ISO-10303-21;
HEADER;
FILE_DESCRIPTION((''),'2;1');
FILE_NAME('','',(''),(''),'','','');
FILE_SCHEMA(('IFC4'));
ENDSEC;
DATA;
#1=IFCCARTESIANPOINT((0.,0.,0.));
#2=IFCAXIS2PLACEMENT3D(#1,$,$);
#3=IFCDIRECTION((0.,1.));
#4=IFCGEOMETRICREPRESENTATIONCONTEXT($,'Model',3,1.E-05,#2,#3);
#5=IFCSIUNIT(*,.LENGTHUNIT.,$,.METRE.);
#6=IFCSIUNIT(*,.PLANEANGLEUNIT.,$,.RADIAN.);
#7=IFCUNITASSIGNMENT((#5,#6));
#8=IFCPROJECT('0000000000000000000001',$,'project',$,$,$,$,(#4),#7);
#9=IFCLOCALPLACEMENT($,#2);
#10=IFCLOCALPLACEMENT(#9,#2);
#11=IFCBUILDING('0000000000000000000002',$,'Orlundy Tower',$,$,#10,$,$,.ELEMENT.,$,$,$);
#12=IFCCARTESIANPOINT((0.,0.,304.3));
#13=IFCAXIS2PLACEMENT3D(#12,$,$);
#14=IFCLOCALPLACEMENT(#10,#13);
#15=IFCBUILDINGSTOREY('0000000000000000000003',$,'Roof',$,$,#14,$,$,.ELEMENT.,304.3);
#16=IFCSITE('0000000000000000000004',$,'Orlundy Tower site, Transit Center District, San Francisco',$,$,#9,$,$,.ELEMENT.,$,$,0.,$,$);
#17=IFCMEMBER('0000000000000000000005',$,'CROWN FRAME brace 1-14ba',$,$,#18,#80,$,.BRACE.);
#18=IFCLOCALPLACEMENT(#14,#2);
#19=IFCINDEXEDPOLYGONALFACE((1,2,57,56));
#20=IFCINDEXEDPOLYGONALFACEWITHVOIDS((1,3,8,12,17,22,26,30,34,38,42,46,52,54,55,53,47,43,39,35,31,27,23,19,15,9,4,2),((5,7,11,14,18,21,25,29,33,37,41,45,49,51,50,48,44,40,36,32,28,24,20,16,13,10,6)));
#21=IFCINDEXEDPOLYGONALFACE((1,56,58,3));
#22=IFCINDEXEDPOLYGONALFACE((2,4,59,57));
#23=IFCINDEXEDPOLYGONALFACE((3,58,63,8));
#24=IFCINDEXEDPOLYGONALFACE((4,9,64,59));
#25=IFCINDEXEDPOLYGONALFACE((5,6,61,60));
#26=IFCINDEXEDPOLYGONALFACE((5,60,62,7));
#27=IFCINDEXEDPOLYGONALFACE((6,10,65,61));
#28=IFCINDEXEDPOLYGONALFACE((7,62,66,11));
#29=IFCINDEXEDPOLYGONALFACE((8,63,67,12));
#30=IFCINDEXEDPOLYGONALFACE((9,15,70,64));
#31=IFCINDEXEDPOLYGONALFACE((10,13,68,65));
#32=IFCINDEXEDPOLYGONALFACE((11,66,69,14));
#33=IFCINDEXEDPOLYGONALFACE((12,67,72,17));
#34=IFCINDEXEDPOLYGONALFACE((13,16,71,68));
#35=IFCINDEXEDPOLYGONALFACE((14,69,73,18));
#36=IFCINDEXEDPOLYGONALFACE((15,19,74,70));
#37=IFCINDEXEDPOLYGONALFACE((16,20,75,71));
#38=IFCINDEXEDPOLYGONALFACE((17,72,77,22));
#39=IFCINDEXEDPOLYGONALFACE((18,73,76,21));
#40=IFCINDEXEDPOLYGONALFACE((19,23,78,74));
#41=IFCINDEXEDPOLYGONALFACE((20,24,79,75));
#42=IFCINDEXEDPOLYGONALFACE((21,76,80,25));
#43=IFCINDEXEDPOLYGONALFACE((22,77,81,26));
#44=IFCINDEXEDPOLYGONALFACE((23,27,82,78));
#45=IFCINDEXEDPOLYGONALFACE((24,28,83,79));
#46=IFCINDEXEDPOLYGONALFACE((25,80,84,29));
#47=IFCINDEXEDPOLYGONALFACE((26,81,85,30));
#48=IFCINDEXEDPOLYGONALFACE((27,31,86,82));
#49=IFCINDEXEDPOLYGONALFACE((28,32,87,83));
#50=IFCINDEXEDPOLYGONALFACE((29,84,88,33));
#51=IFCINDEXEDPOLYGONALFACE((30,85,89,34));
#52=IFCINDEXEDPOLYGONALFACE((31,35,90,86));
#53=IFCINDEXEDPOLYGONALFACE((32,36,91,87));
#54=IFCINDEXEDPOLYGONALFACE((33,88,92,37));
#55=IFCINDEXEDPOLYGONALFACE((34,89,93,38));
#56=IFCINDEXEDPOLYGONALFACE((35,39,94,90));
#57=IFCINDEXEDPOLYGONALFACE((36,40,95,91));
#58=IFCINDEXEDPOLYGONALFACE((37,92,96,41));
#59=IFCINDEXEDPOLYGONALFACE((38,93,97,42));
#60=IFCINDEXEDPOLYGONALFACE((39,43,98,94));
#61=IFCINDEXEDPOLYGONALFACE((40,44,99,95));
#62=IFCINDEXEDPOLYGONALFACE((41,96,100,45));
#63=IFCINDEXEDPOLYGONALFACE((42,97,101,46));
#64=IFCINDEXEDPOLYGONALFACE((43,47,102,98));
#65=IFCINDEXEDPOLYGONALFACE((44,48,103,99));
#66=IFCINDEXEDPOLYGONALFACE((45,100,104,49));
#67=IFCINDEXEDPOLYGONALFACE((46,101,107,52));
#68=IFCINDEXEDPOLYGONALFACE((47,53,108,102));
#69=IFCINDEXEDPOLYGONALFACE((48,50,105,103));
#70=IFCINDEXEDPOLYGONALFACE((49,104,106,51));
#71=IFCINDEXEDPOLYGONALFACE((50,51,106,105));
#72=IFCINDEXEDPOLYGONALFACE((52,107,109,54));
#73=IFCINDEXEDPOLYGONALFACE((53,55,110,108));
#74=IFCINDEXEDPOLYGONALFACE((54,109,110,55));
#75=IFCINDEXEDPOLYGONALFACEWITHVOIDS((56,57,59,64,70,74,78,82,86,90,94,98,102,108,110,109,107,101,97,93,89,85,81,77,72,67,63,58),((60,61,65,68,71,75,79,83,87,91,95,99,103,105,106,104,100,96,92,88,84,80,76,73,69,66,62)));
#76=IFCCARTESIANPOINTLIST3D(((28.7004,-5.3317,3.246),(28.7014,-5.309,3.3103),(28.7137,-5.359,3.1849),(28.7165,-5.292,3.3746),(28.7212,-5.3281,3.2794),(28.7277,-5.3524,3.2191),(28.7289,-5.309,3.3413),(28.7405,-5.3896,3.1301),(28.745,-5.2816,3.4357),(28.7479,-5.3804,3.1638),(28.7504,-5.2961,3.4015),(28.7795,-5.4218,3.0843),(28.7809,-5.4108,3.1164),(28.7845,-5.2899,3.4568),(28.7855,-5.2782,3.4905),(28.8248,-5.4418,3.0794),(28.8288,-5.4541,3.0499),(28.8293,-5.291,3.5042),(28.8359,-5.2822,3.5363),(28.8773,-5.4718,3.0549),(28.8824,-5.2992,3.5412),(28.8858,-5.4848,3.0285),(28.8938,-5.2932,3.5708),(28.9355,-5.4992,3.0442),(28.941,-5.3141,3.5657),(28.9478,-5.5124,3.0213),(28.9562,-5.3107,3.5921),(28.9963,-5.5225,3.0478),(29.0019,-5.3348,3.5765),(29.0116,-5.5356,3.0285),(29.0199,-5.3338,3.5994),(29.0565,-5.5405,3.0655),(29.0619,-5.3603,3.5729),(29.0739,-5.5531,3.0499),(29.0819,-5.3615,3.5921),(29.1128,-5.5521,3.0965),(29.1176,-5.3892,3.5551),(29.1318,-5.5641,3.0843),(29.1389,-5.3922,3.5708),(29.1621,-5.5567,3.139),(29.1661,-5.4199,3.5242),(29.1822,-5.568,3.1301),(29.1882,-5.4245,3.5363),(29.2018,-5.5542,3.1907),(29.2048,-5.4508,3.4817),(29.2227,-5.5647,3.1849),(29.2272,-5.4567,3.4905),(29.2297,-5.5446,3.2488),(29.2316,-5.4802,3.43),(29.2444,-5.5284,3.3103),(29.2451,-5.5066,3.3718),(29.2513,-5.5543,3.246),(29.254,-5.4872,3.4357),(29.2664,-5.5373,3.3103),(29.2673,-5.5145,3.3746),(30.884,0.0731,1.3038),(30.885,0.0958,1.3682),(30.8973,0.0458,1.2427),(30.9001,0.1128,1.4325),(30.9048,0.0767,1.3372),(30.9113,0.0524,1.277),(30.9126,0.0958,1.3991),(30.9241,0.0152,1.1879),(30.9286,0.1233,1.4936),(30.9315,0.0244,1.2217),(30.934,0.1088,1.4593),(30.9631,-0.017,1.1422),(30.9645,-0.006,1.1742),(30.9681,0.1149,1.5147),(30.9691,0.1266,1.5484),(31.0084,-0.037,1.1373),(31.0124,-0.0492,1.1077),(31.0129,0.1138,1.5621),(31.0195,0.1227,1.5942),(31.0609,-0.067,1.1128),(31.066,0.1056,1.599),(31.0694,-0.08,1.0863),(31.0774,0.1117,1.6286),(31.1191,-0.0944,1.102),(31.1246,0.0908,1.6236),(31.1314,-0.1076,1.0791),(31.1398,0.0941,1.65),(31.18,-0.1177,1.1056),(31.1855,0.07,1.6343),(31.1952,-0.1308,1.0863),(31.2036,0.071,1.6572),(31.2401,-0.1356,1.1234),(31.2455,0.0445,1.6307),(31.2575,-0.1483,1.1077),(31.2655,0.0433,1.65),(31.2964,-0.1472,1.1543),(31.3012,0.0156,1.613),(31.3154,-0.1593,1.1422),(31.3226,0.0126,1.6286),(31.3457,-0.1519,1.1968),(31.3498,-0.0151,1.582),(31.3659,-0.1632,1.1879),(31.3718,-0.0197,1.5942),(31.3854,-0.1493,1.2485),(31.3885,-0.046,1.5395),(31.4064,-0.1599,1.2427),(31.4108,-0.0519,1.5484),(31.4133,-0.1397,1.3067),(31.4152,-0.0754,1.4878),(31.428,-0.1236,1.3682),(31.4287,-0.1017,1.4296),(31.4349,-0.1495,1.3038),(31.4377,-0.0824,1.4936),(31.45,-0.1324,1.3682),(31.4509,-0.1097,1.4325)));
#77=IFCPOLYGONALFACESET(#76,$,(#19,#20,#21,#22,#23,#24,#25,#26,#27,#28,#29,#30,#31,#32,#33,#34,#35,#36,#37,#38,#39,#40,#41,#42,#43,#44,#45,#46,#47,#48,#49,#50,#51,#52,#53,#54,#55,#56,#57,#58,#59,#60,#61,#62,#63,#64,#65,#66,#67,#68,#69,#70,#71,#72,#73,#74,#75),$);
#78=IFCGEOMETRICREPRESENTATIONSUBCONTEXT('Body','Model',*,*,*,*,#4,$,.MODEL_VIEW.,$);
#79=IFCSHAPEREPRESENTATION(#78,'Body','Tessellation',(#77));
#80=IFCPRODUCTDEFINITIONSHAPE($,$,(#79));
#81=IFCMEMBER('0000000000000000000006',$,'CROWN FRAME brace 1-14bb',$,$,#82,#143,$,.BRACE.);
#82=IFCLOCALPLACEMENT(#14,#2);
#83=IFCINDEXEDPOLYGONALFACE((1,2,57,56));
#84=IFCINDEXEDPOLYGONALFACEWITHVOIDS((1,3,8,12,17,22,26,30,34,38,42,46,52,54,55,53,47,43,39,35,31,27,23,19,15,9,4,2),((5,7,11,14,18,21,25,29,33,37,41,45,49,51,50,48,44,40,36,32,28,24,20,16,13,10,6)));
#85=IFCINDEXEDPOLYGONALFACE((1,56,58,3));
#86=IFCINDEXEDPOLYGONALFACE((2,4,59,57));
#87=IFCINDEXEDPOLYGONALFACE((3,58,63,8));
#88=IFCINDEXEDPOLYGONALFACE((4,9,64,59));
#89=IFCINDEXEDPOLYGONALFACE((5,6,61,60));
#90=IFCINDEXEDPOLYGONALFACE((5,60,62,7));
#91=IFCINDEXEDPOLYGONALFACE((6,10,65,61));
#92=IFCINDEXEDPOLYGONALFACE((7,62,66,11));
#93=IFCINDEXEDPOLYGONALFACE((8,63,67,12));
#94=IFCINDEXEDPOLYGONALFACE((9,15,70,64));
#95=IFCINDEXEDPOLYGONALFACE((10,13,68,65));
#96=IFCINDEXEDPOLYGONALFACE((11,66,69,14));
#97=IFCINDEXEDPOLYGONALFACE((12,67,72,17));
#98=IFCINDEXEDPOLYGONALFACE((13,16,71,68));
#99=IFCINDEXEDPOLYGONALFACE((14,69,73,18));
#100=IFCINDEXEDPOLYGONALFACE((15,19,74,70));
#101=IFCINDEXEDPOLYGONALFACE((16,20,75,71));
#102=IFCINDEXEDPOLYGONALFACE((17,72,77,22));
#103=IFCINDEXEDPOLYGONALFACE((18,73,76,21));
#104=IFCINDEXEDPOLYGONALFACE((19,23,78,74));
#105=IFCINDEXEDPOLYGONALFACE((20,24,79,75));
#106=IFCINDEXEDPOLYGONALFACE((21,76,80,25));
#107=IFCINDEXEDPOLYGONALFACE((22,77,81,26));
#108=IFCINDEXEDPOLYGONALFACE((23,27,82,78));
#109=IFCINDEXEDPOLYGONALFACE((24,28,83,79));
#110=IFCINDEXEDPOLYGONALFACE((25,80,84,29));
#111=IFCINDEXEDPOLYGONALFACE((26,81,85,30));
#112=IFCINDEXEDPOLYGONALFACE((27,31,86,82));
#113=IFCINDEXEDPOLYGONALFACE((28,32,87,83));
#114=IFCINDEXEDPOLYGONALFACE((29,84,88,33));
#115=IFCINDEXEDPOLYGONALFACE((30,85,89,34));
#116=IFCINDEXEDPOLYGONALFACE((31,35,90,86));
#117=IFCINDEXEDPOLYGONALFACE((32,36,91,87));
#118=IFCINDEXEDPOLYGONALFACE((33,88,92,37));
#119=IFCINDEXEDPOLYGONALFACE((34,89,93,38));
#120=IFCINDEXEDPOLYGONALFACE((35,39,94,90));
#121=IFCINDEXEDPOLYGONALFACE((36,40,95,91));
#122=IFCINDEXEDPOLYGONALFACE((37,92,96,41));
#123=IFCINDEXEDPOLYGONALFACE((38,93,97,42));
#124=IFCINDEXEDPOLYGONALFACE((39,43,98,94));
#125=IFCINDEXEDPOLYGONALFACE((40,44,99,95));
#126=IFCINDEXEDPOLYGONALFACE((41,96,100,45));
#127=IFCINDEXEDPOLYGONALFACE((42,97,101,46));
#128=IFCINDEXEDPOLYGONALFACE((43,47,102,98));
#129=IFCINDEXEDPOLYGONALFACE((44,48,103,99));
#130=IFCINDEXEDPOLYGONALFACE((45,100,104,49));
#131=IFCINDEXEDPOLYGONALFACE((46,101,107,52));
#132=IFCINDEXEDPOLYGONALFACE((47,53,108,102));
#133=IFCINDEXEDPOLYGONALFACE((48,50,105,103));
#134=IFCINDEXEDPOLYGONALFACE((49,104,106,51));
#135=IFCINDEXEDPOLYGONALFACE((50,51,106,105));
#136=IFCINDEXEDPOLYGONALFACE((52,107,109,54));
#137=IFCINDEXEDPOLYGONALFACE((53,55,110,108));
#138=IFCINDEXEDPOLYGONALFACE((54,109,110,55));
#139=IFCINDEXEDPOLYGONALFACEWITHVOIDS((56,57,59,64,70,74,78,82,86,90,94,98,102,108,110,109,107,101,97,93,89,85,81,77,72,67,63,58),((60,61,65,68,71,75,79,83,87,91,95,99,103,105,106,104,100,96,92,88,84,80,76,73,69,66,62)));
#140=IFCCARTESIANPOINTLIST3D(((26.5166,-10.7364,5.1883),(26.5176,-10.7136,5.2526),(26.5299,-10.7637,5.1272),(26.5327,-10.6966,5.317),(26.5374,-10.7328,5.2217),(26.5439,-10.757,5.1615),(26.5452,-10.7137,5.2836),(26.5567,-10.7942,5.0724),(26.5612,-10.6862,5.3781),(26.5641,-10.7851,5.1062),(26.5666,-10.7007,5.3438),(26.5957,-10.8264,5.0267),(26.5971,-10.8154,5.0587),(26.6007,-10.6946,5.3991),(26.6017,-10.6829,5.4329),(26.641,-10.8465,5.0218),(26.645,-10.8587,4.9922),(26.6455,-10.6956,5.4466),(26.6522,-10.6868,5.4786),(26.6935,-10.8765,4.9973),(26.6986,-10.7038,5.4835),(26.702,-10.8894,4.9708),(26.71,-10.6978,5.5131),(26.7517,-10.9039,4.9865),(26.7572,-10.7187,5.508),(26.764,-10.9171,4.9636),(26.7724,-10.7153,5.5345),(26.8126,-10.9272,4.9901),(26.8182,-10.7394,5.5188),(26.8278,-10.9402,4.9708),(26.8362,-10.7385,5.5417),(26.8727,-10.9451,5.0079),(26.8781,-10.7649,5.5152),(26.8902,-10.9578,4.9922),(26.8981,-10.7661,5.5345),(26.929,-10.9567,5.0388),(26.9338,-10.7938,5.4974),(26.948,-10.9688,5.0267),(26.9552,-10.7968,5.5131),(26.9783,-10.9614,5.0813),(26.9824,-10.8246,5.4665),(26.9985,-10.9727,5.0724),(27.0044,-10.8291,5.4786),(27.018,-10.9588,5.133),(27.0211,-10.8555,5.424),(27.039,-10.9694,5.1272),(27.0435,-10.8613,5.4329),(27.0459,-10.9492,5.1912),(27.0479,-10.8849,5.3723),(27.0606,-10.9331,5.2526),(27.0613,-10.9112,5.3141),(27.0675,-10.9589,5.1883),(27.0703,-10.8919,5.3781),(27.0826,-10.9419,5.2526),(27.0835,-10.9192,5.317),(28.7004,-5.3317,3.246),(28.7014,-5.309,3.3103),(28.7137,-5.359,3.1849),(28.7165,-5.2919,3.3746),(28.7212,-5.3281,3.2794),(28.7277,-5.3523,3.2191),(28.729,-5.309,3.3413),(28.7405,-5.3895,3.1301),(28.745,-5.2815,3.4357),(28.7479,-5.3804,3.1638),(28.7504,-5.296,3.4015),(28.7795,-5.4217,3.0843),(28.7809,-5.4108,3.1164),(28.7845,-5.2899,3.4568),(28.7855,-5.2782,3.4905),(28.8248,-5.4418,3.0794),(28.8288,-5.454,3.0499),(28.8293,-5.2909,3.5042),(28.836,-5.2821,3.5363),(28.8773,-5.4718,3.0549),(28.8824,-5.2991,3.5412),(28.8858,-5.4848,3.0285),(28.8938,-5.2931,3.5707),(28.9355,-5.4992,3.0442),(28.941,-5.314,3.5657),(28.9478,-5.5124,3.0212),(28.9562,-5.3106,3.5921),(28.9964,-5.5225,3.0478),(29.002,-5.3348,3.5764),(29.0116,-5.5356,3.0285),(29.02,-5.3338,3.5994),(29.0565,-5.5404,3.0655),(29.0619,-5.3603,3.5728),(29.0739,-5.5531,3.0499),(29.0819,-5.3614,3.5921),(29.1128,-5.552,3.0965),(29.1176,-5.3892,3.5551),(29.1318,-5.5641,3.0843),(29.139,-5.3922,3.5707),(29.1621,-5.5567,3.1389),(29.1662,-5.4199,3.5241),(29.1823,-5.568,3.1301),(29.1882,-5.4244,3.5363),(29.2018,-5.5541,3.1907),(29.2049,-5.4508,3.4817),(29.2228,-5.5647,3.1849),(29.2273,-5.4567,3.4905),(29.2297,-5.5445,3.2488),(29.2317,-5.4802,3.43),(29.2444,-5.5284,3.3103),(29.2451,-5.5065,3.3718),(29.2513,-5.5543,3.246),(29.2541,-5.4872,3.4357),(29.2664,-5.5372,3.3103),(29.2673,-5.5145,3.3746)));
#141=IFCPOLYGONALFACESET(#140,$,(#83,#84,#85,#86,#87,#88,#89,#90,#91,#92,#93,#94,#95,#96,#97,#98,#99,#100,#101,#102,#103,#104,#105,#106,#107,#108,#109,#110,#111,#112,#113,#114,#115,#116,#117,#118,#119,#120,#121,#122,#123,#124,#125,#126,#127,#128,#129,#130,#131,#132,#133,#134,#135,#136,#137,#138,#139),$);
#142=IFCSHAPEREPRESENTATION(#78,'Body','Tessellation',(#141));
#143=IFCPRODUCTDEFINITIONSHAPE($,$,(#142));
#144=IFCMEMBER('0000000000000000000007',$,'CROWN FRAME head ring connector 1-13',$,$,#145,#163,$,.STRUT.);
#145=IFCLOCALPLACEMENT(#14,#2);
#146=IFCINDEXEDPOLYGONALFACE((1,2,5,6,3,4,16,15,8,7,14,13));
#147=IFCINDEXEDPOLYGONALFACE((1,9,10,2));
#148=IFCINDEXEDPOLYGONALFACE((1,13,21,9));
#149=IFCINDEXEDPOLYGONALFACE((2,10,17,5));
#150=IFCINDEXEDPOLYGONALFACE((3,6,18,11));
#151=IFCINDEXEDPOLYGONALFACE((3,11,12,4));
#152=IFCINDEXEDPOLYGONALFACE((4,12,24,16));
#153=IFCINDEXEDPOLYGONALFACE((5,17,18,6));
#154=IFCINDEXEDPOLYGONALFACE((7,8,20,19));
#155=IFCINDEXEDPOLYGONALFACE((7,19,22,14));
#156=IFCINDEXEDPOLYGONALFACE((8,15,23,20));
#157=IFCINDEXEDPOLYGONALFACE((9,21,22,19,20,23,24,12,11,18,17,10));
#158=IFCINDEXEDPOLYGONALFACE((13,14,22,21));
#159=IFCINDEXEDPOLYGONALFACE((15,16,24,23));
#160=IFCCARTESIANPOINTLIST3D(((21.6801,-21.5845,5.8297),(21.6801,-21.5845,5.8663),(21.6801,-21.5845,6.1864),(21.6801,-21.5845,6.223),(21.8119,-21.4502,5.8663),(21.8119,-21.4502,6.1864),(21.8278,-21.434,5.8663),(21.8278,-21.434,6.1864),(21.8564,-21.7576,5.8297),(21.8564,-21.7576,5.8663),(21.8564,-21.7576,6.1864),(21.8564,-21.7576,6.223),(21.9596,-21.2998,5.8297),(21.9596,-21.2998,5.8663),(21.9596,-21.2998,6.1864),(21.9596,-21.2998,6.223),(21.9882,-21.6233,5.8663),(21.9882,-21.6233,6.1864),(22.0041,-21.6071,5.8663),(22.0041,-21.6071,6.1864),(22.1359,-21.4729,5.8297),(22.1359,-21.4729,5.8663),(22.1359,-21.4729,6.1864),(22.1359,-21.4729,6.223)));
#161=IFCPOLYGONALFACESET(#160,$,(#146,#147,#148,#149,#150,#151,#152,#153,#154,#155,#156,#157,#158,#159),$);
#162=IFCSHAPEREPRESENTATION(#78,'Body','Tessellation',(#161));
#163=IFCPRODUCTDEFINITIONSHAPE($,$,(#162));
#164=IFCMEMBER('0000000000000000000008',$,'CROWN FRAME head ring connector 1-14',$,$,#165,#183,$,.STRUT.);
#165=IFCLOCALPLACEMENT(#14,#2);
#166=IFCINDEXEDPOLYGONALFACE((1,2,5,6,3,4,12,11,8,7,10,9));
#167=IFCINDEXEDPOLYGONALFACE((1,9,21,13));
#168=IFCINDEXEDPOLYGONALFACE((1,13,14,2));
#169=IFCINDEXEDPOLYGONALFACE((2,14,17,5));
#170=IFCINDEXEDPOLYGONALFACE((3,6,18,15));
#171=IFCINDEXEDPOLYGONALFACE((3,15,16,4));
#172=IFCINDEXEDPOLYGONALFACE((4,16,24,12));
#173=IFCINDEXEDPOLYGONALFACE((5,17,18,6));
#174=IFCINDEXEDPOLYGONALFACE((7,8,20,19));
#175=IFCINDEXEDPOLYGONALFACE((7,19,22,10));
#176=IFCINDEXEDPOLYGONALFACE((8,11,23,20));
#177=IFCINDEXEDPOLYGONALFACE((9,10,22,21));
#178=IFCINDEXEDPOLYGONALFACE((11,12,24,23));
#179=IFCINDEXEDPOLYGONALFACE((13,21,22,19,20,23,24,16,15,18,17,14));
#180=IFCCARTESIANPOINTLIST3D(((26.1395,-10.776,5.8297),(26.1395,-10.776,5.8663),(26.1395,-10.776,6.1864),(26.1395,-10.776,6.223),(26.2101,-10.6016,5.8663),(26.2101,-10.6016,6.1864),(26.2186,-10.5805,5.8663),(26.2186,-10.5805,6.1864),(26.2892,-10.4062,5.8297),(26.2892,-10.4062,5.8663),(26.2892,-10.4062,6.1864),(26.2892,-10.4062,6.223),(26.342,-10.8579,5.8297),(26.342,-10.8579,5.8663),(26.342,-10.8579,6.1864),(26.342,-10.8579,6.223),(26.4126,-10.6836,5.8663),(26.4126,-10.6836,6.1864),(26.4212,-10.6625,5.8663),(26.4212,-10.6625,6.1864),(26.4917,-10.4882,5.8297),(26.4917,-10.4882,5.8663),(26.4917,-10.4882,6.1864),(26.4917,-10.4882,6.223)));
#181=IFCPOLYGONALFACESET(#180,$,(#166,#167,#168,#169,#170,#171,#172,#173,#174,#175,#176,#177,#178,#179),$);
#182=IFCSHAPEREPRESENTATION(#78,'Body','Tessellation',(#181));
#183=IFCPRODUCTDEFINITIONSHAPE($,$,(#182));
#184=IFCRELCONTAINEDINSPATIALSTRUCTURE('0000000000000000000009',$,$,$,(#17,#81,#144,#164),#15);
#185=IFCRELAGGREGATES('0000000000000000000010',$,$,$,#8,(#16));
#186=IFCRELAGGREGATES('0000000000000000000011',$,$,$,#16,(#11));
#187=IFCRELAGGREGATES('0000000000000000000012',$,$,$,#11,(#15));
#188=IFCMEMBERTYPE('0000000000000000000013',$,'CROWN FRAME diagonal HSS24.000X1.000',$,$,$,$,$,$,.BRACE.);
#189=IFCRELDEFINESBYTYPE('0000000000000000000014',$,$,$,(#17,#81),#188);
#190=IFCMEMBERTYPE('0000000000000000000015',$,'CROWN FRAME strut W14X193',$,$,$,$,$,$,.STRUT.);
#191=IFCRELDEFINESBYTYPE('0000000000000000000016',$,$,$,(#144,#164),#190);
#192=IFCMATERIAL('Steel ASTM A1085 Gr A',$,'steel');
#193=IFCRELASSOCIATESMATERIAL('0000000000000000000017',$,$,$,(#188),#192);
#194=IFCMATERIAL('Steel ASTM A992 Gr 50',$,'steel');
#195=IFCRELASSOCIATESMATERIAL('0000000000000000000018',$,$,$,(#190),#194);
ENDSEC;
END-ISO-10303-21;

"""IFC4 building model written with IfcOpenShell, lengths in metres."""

from ifc_helpers import new_model, si_unit, direction, frame, origin, origin_2d, place, context, subcontext, project, spatial, hollow_circle, i_section, extrude, material, material_profile, profile_set, type_object, element, save


model = new_model("IFC4")

# Units and contexts
model_context = context("Model", 3, precision=1e-05, world=origin(), true_north=direction((0.0, 1.0)))
body_context = subcontext(model_context, "Body", "Model", "MODEL_VIEW")
ifc_project = project(units=[si_unit("LENGTHUNIT", "METRE"), si_unit("PLANEANGLEUNIT", "RADIAN")], contexts=[model_context])

# Site, building, storey
site_placement = place(None, origin())
site = spatial("IfcSite", under=ifc_project, at=site_placement, Name="Orlundy Tower site, Transit Center District, San Francisco", CompositionType="ELEMENT", RefElevation=0.0)
building_placement = place(site_placement, origin())
building = spatial("IfcBuilding", under=site, at=building_placement, Name="Orlundy Tower", CompositionType="ELEMENT")
storey_placement = place(building_placement, frame((0.0, 0.0, 304.3)))
storey = spatial("IfcBuildingStorey", under=building, at=storey_placement, Name="Roof", CompositionType="ELEMENT", Elevation=304.3)

# Members
ifc_material_1 = material(Name="Steel ASTM A1085 Gr A", Category="steel")
ifc_material_profile_1 = material_profile(ifc_material_1, hollow_circle(Radius=0.3047, WallThickness=0.0237, at=origin_2d()), Name="HSS24.000X1.000")
ifc_profile_set_1 = profile_set([ifc_material_profile_1], Name="Steel ASTM A1085 Gr A")
member_type_1 = type_object("IfcMemberType", Name="CROWN FRAME diagonal HSS24.000X1.000", PredefinedType="BRACE", material=ifc_profile_set_1)
for number, where, z_axis, x_axis, name in (
    (1, (31.1675, -0.0183, 1.3682), (-0.355389, -0.879651, 0.316091), (0.927189, -0.374595, 0.0), "CROWN FRAME brace 1-14ba"),
    (2, (28.9839, -5.4231, 3.3103), (-0.355419, -0.879627, 0.316122), (0.927174, -0.374631, 0.0), "CROWN FRAME brace 1-14bb"),
):
    element("IfcMember", number, at=place(storey_placement, frame(where, z_axis=z_axis, x_axis=x_axis)), inside=storey, type_object=member_type_1, Name=name, PredefinedType="BRACE", context=body_context, shape_type="SweptSolid", body=[
        extrude(hollow_circle(Radius=0.3047, WallThickness=0.0237, at=origin_2d()), origin(), (0.0, 0.0, 1.0), 6.1443),
    ])
ifc_material_2 = material(Name="Steel ASTM A992 Gr 50", Category="steel")
ifc_material_profile_2 = material_profile(ifc_material_2, i_section(OverallWidth=0.3989, OverallDepth=0.3933, WebThickness=0.0227, FlangeThickness=0.0366, at=origin_2d()), Name="W14X193")
ifc_profile_set_2 = profile_set([ifc_material_profile_2], Name="Steel ASTM A992 Gr 50")
member_type_2 = type_object("IfcMemberType", Name="CROWN FRAME strut W14X193", PredefinedType="STRUT", material=ifc_profile_set_2)
member_1_placement = place(storey_placement, frame((21.8198, -21.4421, 6.0264), z_axis=(0.713501, -0.700654, 0.0), x_axis=(0.700654, 0.713501, 0.0)))
element("IfcMember", 3, at=member_1_placement, inside=storey, type_object=member_type_2, Name="CROWN FRAME head ring connector 1-13", PredefinedType="STRUT", context=body_context, shape_type="SweptSolid", body=[
    extrude(i_section(OverallWidth=0.3989, OverallDepth=0.3933, WebThickness=0.0227, FlangeThickness=0.0366, at=origin_2d()), origin(), (0.0, 0.0, 1.0), 0.2471),
])
member_2_placement = place(storey_placement, frame((26.2144, -10.5911, 6.0264), z_axis=(0.926928, -0.375238, 0.0), x_axis=(0.375238, 0.926928, 0.0)))
element("IfcMember", 4, at=member_2_placement, inside=storey, type_object=member_type_2, Name="CROWN FRAME head ring connector 1-14", PredefinedType="STRUT", context=body_context, shape_type="SweptSolid", body=[
    extrude(i_section(OverallWidth=0.3989, OverallDepth=0.3933, WebThickness=0.0227, FlangeThickness=0.0366, at=origin_2d()), origin(), (0.0, 0.0, 1.0), 0.2185),
])

save(model, "model.ifc")
